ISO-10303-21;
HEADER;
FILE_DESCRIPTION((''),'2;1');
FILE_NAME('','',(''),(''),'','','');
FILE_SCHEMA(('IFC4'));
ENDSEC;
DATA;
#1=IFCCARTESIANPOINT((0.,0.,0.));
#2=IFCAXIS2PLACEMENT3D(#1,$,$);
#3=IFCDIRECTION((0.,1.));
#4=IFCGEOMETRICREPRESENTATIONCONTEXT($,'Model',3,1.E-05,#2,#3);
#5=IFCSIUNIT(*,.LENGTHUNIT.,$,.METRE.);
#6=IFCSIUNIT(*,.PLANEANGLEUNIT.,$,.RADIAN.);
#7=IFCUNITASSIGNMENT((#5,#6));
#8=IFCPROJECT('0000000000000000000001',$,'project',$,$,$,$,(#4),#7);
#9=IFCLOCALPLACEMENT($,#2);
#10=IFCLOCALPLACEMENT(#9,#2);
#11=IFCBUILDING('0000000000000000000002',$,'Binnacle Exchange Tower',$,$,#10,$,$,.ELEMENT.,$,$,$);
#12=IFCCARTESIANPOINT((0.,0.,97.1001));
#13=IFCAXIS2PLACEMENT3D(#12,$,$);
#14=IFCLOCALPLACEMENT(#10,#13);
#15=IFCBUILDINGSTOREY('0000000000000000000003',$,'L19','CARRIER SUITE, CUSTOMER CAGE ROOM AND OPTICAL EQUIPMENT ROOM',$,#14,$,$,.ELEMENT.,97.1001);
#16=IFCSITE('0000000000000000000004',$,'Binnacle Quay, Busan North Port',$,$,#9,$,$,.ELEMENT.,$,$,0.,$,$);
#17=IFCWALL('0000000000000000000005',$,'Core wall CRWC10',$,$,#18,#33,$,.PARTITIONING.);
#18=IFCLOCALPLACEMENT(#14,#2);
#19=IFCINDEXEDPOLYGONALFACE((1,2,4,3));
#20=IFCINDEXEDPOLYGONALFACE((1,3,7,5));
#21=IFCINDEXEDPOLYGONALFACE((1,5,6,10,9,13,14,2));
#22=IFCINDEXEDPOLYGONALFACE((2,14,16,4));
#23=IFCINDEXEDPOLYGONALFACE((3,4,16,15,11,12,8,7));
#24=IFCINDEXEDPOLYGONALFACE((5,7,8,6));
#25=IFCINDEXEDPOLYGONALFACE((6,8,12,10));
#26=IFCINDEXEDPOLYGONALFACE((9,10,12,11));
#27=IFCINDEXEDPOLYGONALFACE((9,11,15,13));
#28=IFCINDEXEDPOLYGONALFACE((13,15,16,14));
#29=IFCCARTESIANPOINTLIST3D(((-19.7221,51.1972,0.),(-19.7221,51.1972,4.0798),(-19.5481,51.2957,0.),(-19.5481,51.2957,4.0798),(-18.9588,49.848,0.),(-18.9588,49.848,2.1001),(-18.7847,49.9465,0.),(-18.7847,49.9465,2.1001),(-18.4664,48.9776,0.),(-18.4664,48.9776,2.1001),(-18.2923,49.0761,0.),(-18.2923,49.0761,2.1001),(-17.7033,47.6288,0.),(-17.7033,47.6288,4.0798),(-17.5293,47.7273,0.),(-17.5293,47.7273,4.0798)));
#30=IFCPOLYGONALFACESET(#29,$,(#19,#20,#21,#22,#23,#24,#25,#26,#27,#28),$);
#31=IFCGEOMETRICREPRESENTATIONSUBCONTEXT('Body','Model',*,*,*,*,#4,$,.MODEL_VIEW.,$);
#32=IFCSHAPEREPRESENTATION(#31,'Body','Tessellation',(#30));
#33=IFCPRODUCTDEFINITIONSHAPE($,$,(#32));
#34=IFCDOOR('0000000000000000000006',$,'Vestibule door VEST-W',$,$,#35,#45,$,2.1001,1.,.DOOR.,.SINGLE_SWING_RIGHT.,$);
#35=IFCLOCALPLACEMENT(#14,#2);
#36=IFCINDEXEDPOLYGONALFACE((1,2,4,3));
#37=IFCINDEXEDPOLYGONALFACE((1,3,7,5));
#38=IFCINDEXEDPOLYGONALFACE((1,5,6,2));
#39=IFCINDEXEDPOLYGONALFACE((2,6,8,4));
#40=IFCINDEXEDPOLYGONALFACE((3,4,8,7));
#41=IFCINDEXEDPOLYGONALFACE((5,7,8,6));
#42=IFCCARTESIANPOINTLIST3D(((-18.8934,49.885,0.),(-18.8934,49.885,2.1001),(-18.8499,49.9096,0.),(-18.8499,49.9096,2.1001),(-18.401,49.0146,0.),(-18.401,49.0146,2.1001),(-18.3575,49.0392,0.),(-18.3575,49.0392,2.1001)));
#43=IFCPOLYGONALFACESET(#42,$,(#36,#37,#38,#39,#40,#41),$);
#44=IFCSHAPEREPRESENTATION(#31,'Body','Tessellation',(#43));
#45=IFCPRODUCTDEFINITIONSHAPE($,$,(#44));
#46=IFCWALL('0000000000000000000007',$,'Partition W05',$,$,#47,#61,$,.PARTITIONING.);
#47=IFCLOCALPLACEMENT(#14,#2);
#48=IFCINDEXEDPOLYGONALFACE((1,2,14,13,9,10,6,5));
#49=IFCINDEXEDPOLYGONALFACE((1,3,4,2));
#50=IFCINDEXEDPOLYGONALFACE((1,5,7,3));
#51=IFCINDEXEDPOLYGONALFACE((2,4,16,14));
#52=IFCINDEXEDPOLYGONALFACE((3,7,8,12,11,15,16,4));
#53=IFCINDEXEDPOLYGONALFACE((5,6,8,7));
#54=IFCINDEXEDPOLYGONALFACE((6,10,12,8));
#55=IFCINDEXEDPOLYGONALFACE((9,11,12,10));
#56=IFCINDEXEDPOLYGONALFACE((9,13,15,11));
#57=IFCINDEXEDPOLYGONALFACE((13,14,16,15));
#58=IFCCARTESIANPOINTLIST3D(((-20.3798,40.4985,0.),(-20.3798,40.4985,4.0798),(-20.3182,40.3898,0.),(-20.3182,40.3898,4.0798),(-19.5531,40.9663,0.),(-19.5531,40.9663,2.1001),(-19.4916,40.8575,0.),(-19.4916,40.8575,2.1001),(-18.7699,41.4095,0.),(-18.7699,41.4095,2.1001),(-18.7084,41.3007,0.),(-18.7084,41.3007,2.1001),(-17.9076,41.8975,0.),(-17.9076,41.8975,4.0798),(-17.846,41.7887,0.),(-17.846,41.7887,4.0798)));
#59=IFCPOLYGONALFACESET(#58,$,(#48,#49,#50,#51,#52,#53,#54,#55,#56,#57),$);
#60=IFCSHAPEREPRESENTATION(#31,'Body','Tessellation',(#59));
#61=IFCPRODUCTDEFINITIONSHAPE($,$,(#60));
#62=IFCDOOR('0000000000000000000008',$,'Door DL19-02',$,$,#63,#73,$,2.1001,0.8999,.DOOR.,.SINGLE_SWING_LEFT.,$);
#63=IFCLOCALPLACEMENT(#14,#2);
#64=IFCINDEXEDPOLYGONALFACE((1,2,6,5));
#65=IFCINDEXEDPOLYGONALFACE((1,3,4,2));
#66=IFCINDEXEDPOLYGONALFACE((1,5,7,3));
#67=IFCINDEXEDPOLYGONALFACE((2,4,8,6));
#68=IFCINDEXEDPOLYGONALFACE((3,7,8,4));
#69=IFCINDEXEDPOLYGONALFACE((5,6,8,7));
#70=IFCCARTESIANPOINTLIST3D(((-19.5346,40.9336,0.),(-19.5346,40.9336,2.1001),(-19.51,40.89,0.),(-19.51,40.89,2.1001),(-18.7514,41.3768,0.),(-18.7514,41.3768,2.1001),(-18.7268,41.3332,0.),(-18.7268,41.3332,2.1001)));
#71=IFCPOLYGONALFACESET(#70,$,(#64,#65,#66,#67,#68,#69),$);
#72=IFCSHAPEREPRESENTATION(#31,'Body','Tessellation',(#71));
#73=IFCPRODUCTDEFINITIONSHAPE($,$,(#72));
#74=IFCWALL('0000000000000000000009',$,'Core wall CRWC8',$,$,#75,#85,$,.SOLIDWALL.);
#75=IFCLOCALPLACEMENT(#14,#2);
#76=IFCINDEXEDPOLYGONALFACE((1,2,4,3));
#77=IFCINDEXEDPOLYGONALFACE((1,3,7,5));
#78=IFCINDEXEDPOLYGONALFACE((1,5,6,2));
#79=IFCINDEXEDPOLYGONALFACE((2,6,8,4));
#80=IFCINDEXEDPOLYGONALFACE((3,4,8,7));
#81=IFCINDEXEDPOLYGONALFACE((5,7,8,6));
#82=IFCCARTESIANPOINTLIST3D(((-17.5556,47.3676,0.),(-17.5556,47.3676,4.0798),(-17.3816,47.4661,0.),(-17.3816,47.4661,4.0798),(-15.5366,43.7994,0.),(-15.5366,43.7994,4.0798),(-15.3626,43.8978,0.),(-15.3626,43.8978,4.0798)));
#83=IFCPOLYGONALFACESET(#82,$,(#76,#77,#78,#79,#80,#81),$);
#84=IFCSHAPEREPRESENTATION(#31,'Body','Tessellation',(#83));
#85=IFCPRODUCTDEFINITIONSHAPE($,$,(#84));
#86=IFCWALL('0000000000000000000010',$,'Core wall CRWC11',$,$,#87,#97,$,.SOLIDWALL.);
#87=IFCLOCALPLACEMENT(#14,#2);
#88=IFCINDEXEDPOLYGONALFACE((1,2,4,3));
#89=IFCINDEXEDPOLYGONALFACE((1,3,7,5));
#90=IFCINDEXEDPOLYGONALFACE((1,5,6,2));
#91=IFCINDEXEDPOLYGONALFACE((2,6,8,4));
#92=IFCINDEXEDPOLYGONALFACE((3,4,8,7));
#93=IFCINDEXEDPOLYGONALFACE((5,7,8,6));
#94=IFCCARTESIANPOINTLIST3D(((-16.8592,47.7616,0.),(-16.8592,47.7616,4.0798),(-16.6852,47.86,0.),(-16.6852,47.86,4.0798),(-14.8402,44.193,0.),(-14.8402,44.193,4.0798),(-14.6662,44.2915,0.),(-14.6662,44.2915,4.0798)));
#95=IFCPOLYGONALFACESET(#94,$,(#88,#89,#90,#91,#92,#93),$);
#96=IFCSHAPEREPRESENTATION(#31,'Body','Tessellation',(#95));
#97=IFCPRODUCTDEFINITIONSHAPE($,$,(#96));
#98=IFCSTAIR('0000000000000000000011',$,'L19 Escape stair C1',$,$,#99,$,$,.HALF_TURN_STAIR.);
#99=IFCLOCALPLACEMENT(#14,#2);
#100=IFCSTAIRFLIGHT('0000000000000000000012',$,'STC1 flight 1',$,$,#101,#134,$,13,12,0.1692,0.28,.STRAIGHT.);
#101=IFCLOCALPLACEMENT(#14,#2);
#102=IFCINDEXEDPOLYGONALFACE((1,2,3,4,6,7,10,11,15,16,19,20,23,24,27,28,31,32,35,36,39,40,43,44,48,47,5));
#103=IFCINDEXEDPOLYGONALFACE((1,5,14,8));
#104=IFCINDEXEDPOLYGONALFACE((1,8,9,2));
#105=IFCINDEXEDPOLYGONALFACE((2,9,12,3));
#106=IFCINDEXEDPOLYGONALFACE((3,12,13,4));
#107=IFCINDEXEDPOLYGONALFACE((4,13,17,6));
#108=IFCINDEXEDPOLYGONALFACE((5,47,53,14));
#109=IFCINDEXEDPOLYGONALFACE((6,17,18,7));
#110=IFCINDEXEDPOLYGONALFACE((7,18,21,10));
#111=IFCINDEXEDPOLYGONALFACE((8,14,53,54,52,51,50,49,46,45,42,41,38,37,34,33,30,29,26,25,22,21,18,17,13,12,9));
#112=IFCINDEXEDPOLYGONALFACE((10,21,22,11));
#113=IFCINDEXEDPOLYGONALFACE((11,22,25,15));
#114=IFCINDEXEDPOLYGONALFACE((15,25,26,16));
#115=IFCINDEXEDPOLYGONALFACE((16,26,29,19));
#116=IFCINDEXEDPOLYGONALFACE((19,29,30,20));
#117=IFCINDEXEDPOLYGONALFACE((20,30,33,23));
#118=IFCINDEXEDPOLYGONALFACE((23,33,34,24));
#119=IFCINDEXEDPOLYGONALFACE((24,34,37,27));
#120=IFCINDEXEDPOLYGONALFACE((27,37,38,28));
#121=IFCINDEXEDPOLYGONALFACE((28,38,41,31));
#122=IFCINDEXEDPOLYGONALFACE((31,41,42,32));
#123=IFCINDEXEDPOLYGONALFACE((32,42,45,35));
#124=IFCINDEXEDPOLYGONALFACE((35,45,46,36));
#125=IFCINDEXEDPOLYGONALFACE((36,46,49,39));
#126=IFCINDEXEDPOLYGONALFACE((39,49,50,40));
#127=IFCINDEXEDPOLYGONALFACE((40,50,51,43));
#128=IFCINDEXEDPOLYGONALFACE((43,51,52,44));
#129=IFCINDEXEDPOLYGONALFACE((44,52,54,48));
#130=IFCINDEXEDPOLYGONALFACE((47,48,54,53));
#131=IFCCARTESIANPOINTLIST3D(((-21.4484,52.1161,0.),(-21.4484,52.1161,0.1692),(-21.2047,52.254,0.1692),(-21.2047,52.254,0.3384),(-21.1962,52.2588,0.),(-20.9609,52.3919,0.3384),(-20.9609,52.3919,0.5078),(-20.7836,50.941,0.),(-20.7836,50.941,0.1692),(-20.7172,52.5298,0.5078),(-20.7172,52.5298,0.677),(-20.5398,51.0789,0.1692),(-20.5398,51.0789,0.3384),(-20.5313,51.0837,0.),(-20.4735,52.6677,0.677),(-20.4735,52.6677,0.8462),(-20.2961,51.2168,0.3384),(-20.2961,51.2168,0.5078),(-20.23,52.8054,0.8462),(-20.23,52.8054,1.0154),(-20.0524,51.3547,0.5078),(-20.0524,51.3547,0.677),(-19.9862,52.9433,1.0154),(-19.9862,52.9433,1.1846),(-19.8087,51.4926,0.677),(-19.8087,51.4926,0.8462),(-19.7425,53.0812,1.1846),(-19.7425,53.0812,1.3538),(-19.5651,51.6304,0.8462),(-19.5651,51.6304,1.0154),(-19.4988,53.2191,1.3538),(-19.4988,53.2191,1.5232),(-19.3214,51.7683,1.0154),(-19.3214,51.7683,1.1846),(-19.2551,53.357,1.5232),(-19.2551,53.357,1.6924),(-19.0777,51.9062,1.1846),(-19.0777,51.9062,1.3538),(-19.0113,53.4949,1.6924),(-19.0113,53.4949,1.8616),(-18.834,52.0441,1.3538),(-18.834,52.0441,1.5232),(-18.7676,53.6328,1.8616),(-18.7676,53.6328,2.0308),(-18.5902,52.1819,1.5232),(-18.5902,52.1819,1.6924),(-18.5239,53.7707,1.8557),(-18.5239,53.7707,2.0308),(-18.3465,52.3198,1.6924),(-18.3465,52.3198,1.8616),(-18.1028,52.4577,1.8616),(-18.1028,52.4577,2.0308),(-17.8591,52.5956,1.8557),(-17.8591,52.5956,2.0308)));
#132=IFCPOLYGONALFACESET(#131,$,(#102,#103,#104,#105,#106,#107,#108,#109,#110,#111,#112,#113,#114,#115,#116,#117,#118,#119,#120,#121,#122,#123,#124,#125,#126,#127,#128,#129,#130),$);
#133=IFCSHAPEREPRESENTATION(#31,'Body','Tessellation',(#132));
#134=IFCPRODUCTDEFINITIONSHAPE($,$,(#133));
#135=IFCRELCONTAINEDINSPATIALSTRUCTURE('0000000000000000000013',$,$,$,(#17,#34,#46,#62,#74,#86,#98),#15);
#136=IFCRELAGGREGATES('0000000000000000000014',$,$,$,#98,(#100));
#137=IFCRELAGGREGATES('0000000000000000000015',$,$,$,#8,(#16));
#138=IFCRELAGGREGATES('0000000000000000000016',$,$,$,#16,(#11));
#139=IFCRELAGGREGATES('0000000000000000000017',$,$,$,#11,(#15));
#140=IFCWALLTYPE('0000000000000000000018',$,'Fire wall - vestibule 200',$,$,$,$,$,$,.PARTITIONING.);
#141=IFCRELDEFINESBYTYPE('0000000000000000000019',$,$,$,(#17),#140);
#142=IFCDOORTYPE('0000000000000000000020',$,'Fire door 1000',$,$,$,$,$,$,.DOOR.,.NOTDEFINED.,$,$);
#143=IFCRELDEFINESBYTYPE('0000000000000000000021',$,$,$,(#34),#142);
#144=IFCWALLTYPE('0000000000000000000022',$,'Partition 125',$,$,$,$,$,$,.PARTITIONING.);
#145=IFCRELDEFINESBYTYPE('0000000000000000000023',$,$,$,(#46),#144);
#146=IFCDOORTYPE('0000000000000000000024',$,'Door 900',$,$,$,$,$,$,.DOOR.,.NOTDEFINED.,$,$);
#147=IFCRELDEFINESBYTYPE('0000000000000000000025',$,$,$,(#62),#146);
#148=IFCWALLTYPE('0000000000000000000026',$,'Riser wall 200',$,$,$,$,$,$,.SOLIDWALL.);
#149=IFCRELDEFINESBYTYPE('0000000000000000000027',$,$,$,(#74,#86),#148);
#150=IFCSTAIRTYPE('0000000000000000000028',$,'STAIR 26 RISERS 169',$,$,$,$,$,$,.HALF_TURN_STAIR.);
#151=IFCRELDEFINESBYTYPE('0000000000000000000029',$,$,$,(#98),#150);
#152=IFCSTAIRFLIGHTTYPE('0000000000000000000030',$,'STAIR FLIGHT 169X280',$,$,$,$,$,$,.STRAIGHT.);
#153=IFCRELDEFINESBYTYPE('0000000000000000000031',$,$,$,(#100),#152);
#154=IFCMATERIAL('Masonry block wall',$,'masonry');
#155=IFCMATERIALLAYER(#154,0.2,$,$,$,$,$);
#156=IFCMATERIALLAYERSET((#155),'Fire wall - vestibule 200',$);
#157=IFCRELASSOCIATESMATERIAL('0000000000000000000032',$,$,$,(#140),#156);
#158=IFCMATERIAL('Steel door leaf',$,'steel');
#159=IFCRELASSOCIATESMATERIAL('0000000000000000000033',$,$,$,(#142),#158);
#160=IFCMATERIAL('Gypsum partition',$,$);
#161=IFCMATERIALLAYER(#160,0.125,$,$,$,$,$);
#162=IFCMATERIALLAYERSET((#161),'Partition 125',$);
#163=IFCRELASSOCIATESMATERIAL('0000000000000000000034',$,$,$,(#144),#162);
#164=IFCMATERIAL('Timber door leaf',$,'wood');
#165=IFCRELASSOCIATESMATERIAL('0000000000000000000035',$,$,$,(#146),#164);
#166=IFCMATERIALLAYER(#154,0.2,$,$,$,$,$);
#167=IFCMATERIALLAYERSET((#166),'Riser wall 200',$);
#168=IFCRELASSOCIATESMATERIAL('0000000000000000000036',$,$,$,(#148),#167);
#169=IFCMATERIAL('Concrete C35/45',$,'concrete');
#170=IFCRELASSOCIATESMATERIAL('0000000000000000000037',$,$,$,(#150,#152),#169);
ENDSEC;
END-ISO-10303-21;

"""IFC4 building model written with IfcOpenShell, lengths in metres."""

from ifc_helpers import new_model, si_unit, direction, frame, frame_2d, origin, place, context, subcontext, project, spatial, polyline, rectangle, outline, extrude, material, layer, layer_set, type_object, element, fill, aggregate, save


model = new_model("IFC4")

# Units and contexts
model_context = context("Model", 3, precision=1e-05, world=origin(), true_north=direction((0.0, 1.0)))
body_context = subcontext(model_context, "Body", "Model", "MODEL_VIEW")
ifc_project = project(units=[si_unit("LENGTHUNIT", "METRE"), si_unit("PLANEANGLEUNIT", "RADIAN")], contexts=[model_context])

# Site, building, storey
site_placement = place(None, origin())
site = spatial("IfcSite", under=ifc_project, at=site_placement, Name="Binnacle Quay, Busan North Port", CompositionType="ELEMENT", RefElevation=0.0)
building_placement = place(site_placement, origin())
building = spatial("IfcBuilding", under=site, at=building_placement, Name="Binnacle Exchange Tower", CompositionType="ELEMENT")
storey_placement = place(building_placement, frame((0.0, 0.0, 97.1001)))
storey = spatial("IfcBuildingStorey", under=building, at=storey_placement, Name="L19", Description="CARRIER SUITE, CUSTOMER CAGE ROOM AND OPTICAL EQUIPMENT ROOM", CompositionType="ELEMENT", Elevation=97.1001)

# Shared definitions
ifc_material_1 = material(Name="Steel door leaf", Category="steel")

# Walls, openings, doors
ifc_material_2 = material(Name="Masonry block wall", Category="masonry")
ifc_layer_1 = layer(ifc_material_2, 0.2)
ifc_layer_set_1 = layer_set([ifc_layer_1], Name="Fire wall - vestibule 200")
wall_type_1 = type_object("IfcWallType", Name="Fire wall - vestibule 200", PredefinedType="PARTITIONING", material=ifc_layer_set_1)
wall_1_placement = place(storey_placement, frame((-19.635, 51.2463, 0.0), z_axis=(0.0, 0.0, 1.0), x_axis=(0.492408, -0.870364, 0.0)))
wall_1 = element("IfcWall", 1, at=wall_1_placement, inside=storey, type_object=wall_type_1, Name="Core wall CRWC10", PredefinedType="PARTITIONING", context=body_context, shape_type="SweptSolid", body=[
    extrude(rectangle(XDim=4.0999, YDim=0.2, at=frame_2d((2.0498, 0.0))), origin(), (0.0, 0.0, 1.0), 4.0798),
])
opening_1_placement = place(wall_1_placement, frame((1.55, 0.0, 0.0)))
opening_1 = element("IfcOpeningElement", 2, at=opening_1_placement, cuts=wall_1, PredefinedType="OPENING", context=body_context, shape_type="SweptSolid", body=[
    extrude(rectangle(XDim=1.0, YDim=2.1001, at=frame_2d((0.5, 1.05))), frame((0.0, 0.1099, 0.0), z_axis=(0.0, -1.0, 0.0), x_axis=(1.0, 0.0, 0.0)), (0.0, 0.0, 1.0), 0.22),
])
door_type_1 = type_object("IfcDoorType", Name="Fire door 1000", OperationType="NOTDEFINED", PredefinedType="DOOR", material=ifc_material_1)
door_1_placement = place(opening_1_placement, frame((1.0, 0.0, 0.0), z_axis=(0.0, 0.0, 1.0), x_axis=(-1.0, 0.0, 0.0)))
door_1 = element("IfcDoor", 3, at=door_1_placement, inside=storey, type_object=door_type_1, Name="Vestibule door VEST-W", OperationType="SINGLE_SWING_RIGHT", OverallHeight=2.1001, OverallWidth=1.0, PredefinedType="DOOR", context=body_context, shape_type="SweptSolid", body=[
    extrude(rectangle(XDim=1.0, YDim=2.1001, at=frame_2d((0.5, 1.05))), frame((0.0, 0.0249, 0.0), z_axis=(0.0, -1.0, 0.0), x_axis=(1.0, 0.0, 0.0)), (0.0, 0.0, 1.0), 0.05),
])
fill(opening_1, door_1)
ifc_material_3 = material(Name="Gypsum partition")
ifc_layer_2 = layer(ifc_material_3, 0.125)
ifc_layer_set_2 = layer_set([ifc_layer_2], Name="Partition 125")
wall_type_2 = type_object("IfcWallType", Name="Partition 125", PredefinedType="PARTITIONING", material=ifc_layer_set_2)
wall_2_placement = place(storey_placement, frame((-20.3491, 40.4441, 0.0), z_axis=(0.0, 0.0, 1.0), x_axis=(0.870319, 0.492488, 0.0)))
wall_2 = element("IfcWall", 4, at=wall_2_placement, inside=storey, type_object=wall_type_2, Name="Partition W05", PredefinedType="PARTITIONING", context=body_context, shape_type="SweptSolid", body=[
    extrude(rectangle(XDim=2.8406, YDim=0.125, at=frame_2d((1.4204, 0.0))), origin(), (0.0, 0.0, 1.0), 4.0798),
])
opening_2_placement = place(wall_2_placement, frame((0.95, 0.0, 0.0)))
opening_2 = element("IfcOpeningElement", 5, at=opening_2_placement, cuts=wall_2, PredefinedType="OPENING", context=body_context, shape_type="SweptSolid", body=[
    extrude(rectangle(XDim=0.8999, YDim=2.1001, at=frame_2d((0.45, 1.05))), frame((0.0, 0.0725, 0.0), z_axis=(0.0, -1.0, 0.0), x_axis=(1.0, 0.0, 0.0)), (0.0, 0.0, 1.0), 0.145),
])
ifc_material_4 = material(Name="Timber door leaf", Category="wood")
door_type_2 = type_object("IfcDoorType", Name="Door 900", OperationType="NOTDEFINED", PredefinedType="DOOR", material=ifc_material_4)
door_2_placement = place(opening_2_placement, origin())
door_2 = element("IfcDoor", 6, at=door_2_placement, inside=storey, type_object=door_type_2, Name="Door DL19-02", OperationType="SINGLE_SWING_LEFT", OverallHeight=2.1001, OverallWidth=0.8999, PredefinedType="DOOR", context=body_context, shape_type="SweptSolid", body=[
    extrude(rectangle(XDim=0.8999, YDim=2.1001, at=frame_2d((0.45, 1.05))), frame((0.0, 0.0249, 0.0), z_axis=(0.0, -1.0, 0.0), x_axis=(1.0, 0.0, 0.0)), (0.0, 0.0, 1.0), 0.05),
])
fill(opening_2, door_2)

# Walls
ifc_layer_3 = layer(ifc_material_2, 0.2)
ifc_layer_set_3 = layer_set([ifc_layer_3], Name="Riser wall 200")
wall_type_3 = type_object("IfcWallType", Name="Riser wall 200", PredefinedType="SOLIDWALL", material=ifc_layer_set_3)
wall_3_placement = place(storey_placement, frame((-17.4685, 47.4167, 0.0), z_axis=(0.0, 0.0, 1.0), x_axis=(0.492454, -0.870339, 0.0)))
element("IfcWall", 7, at=wall_3_placement, inside=storey, type_object=wall_type_3, Name="Core wall CRWC8", PredefinedType="SOLIDWALL", context=body_context, shape_type="SweptSolid", body=[
    extrude(rectangle(XDim=4.0999, YDim=0.2, at=frame_2d((2.0498, 0.0))), origin(), (0.0, 0.0, 1.0), 4.0798),
])
wall_4_placement = place(storey_placement, frame((-16.7722, 47.8108, 0.0), z_axis=(0.0, 0.0, 1.0), x_axis=(0.492428, -0.870353, 0.0)))
element("IfcWall", 8, at=wall_4_placement, inside=storey, type_object=wall_type_3, Name="Core wall CRWC11", PredefinedType="SOLIDWALL", context=body_context, shape_type="SweptSolid", body=[
    extrude(rectangle(XDim=4.1001, YDim=0.2, at=frame_2d((2.05, 0.0))), origin(), (0.0, 0.0, 1.0), 4.0798),
])

# Stair, stair flight
ifc_material_5 = material(Name="Concrete C35/45", Category="concrete")
stair_type = type_object("IfcStairType", Name="STAIR 26 RISERS 169", PredefinedType="HALF_TURN_STAIR", material=ifc_material_5)
stair_placement = place(storey_placement, origin())
stair = element("IfcStair", 9, at=stair_placement, inside=storey, type_object=stair_type, Name="L19 Escape stair C1", PredefinedType="HALF_TURN_STAIR")
stair_flight_type = type_object("IfcStairFlightType", Name="STAIR FLIGHT 169X280", PredefinedType="STRAIGHT", material=ifc_material_5)
stair_flight_placement = place(storey_placement, frame((-21.116, 51.5286, 0.0), z_axis=(0.0, 0.0, 1.0), x_axis=(0.870356, 0.492424, 0.0)))
stair_flight = element("IfcStairFlight", 10, at=stair_flight_placement, type_object=stair_flight_type, Name="STC1 flight 1", NumberOfRisers=13, NumberOfTreads=12, PredefinedType="STRAIGHT", RiserHeight=0.1692, TreadLength=0.28, context=body_context, shape_type="SweptSolid", body=[
    extrude(outline(polyline([(0.0, 0.0), (0.0, 0.1692), (0.28, 0.1692), (0.28, 0.3384), (0.5601, 0.3384), (0.5601, 0.5078), (0.8401, 0.5078), (0.8401, 0.677), (1.1201, 0.677), (1.1201, 0.8462), (1.3999, 0.8462), (1.3999, 1.0154), (1.6799, 1.0154), (1.6799, 1.1846), (1.96, 1.1846), (1.96, 1.3538), (2.24, 1.3538), (2.24, 1.5232), (2.52, 1.5232), (2.52, 1.6924), (2.8, 1.6924), (2.8, 1.8616), (3.0801, 1.8616), (3.0801, 2.0308), (3.3601, 2.0308), (3.3601, 2.2), (3.3601, 1.8557), (0.2898, 0.0), (0.0, 0.0)])), frame((0.0, 0.675, 0.0), z_axis=(0.0, -1.0, 0.0), x_axis=(1.0, 0.0, 0.0)), (0.0, 0.0, 1.0), 1.3501),
])
aggregate(stair, [stair_flight])

save(model, "model.ifc")
